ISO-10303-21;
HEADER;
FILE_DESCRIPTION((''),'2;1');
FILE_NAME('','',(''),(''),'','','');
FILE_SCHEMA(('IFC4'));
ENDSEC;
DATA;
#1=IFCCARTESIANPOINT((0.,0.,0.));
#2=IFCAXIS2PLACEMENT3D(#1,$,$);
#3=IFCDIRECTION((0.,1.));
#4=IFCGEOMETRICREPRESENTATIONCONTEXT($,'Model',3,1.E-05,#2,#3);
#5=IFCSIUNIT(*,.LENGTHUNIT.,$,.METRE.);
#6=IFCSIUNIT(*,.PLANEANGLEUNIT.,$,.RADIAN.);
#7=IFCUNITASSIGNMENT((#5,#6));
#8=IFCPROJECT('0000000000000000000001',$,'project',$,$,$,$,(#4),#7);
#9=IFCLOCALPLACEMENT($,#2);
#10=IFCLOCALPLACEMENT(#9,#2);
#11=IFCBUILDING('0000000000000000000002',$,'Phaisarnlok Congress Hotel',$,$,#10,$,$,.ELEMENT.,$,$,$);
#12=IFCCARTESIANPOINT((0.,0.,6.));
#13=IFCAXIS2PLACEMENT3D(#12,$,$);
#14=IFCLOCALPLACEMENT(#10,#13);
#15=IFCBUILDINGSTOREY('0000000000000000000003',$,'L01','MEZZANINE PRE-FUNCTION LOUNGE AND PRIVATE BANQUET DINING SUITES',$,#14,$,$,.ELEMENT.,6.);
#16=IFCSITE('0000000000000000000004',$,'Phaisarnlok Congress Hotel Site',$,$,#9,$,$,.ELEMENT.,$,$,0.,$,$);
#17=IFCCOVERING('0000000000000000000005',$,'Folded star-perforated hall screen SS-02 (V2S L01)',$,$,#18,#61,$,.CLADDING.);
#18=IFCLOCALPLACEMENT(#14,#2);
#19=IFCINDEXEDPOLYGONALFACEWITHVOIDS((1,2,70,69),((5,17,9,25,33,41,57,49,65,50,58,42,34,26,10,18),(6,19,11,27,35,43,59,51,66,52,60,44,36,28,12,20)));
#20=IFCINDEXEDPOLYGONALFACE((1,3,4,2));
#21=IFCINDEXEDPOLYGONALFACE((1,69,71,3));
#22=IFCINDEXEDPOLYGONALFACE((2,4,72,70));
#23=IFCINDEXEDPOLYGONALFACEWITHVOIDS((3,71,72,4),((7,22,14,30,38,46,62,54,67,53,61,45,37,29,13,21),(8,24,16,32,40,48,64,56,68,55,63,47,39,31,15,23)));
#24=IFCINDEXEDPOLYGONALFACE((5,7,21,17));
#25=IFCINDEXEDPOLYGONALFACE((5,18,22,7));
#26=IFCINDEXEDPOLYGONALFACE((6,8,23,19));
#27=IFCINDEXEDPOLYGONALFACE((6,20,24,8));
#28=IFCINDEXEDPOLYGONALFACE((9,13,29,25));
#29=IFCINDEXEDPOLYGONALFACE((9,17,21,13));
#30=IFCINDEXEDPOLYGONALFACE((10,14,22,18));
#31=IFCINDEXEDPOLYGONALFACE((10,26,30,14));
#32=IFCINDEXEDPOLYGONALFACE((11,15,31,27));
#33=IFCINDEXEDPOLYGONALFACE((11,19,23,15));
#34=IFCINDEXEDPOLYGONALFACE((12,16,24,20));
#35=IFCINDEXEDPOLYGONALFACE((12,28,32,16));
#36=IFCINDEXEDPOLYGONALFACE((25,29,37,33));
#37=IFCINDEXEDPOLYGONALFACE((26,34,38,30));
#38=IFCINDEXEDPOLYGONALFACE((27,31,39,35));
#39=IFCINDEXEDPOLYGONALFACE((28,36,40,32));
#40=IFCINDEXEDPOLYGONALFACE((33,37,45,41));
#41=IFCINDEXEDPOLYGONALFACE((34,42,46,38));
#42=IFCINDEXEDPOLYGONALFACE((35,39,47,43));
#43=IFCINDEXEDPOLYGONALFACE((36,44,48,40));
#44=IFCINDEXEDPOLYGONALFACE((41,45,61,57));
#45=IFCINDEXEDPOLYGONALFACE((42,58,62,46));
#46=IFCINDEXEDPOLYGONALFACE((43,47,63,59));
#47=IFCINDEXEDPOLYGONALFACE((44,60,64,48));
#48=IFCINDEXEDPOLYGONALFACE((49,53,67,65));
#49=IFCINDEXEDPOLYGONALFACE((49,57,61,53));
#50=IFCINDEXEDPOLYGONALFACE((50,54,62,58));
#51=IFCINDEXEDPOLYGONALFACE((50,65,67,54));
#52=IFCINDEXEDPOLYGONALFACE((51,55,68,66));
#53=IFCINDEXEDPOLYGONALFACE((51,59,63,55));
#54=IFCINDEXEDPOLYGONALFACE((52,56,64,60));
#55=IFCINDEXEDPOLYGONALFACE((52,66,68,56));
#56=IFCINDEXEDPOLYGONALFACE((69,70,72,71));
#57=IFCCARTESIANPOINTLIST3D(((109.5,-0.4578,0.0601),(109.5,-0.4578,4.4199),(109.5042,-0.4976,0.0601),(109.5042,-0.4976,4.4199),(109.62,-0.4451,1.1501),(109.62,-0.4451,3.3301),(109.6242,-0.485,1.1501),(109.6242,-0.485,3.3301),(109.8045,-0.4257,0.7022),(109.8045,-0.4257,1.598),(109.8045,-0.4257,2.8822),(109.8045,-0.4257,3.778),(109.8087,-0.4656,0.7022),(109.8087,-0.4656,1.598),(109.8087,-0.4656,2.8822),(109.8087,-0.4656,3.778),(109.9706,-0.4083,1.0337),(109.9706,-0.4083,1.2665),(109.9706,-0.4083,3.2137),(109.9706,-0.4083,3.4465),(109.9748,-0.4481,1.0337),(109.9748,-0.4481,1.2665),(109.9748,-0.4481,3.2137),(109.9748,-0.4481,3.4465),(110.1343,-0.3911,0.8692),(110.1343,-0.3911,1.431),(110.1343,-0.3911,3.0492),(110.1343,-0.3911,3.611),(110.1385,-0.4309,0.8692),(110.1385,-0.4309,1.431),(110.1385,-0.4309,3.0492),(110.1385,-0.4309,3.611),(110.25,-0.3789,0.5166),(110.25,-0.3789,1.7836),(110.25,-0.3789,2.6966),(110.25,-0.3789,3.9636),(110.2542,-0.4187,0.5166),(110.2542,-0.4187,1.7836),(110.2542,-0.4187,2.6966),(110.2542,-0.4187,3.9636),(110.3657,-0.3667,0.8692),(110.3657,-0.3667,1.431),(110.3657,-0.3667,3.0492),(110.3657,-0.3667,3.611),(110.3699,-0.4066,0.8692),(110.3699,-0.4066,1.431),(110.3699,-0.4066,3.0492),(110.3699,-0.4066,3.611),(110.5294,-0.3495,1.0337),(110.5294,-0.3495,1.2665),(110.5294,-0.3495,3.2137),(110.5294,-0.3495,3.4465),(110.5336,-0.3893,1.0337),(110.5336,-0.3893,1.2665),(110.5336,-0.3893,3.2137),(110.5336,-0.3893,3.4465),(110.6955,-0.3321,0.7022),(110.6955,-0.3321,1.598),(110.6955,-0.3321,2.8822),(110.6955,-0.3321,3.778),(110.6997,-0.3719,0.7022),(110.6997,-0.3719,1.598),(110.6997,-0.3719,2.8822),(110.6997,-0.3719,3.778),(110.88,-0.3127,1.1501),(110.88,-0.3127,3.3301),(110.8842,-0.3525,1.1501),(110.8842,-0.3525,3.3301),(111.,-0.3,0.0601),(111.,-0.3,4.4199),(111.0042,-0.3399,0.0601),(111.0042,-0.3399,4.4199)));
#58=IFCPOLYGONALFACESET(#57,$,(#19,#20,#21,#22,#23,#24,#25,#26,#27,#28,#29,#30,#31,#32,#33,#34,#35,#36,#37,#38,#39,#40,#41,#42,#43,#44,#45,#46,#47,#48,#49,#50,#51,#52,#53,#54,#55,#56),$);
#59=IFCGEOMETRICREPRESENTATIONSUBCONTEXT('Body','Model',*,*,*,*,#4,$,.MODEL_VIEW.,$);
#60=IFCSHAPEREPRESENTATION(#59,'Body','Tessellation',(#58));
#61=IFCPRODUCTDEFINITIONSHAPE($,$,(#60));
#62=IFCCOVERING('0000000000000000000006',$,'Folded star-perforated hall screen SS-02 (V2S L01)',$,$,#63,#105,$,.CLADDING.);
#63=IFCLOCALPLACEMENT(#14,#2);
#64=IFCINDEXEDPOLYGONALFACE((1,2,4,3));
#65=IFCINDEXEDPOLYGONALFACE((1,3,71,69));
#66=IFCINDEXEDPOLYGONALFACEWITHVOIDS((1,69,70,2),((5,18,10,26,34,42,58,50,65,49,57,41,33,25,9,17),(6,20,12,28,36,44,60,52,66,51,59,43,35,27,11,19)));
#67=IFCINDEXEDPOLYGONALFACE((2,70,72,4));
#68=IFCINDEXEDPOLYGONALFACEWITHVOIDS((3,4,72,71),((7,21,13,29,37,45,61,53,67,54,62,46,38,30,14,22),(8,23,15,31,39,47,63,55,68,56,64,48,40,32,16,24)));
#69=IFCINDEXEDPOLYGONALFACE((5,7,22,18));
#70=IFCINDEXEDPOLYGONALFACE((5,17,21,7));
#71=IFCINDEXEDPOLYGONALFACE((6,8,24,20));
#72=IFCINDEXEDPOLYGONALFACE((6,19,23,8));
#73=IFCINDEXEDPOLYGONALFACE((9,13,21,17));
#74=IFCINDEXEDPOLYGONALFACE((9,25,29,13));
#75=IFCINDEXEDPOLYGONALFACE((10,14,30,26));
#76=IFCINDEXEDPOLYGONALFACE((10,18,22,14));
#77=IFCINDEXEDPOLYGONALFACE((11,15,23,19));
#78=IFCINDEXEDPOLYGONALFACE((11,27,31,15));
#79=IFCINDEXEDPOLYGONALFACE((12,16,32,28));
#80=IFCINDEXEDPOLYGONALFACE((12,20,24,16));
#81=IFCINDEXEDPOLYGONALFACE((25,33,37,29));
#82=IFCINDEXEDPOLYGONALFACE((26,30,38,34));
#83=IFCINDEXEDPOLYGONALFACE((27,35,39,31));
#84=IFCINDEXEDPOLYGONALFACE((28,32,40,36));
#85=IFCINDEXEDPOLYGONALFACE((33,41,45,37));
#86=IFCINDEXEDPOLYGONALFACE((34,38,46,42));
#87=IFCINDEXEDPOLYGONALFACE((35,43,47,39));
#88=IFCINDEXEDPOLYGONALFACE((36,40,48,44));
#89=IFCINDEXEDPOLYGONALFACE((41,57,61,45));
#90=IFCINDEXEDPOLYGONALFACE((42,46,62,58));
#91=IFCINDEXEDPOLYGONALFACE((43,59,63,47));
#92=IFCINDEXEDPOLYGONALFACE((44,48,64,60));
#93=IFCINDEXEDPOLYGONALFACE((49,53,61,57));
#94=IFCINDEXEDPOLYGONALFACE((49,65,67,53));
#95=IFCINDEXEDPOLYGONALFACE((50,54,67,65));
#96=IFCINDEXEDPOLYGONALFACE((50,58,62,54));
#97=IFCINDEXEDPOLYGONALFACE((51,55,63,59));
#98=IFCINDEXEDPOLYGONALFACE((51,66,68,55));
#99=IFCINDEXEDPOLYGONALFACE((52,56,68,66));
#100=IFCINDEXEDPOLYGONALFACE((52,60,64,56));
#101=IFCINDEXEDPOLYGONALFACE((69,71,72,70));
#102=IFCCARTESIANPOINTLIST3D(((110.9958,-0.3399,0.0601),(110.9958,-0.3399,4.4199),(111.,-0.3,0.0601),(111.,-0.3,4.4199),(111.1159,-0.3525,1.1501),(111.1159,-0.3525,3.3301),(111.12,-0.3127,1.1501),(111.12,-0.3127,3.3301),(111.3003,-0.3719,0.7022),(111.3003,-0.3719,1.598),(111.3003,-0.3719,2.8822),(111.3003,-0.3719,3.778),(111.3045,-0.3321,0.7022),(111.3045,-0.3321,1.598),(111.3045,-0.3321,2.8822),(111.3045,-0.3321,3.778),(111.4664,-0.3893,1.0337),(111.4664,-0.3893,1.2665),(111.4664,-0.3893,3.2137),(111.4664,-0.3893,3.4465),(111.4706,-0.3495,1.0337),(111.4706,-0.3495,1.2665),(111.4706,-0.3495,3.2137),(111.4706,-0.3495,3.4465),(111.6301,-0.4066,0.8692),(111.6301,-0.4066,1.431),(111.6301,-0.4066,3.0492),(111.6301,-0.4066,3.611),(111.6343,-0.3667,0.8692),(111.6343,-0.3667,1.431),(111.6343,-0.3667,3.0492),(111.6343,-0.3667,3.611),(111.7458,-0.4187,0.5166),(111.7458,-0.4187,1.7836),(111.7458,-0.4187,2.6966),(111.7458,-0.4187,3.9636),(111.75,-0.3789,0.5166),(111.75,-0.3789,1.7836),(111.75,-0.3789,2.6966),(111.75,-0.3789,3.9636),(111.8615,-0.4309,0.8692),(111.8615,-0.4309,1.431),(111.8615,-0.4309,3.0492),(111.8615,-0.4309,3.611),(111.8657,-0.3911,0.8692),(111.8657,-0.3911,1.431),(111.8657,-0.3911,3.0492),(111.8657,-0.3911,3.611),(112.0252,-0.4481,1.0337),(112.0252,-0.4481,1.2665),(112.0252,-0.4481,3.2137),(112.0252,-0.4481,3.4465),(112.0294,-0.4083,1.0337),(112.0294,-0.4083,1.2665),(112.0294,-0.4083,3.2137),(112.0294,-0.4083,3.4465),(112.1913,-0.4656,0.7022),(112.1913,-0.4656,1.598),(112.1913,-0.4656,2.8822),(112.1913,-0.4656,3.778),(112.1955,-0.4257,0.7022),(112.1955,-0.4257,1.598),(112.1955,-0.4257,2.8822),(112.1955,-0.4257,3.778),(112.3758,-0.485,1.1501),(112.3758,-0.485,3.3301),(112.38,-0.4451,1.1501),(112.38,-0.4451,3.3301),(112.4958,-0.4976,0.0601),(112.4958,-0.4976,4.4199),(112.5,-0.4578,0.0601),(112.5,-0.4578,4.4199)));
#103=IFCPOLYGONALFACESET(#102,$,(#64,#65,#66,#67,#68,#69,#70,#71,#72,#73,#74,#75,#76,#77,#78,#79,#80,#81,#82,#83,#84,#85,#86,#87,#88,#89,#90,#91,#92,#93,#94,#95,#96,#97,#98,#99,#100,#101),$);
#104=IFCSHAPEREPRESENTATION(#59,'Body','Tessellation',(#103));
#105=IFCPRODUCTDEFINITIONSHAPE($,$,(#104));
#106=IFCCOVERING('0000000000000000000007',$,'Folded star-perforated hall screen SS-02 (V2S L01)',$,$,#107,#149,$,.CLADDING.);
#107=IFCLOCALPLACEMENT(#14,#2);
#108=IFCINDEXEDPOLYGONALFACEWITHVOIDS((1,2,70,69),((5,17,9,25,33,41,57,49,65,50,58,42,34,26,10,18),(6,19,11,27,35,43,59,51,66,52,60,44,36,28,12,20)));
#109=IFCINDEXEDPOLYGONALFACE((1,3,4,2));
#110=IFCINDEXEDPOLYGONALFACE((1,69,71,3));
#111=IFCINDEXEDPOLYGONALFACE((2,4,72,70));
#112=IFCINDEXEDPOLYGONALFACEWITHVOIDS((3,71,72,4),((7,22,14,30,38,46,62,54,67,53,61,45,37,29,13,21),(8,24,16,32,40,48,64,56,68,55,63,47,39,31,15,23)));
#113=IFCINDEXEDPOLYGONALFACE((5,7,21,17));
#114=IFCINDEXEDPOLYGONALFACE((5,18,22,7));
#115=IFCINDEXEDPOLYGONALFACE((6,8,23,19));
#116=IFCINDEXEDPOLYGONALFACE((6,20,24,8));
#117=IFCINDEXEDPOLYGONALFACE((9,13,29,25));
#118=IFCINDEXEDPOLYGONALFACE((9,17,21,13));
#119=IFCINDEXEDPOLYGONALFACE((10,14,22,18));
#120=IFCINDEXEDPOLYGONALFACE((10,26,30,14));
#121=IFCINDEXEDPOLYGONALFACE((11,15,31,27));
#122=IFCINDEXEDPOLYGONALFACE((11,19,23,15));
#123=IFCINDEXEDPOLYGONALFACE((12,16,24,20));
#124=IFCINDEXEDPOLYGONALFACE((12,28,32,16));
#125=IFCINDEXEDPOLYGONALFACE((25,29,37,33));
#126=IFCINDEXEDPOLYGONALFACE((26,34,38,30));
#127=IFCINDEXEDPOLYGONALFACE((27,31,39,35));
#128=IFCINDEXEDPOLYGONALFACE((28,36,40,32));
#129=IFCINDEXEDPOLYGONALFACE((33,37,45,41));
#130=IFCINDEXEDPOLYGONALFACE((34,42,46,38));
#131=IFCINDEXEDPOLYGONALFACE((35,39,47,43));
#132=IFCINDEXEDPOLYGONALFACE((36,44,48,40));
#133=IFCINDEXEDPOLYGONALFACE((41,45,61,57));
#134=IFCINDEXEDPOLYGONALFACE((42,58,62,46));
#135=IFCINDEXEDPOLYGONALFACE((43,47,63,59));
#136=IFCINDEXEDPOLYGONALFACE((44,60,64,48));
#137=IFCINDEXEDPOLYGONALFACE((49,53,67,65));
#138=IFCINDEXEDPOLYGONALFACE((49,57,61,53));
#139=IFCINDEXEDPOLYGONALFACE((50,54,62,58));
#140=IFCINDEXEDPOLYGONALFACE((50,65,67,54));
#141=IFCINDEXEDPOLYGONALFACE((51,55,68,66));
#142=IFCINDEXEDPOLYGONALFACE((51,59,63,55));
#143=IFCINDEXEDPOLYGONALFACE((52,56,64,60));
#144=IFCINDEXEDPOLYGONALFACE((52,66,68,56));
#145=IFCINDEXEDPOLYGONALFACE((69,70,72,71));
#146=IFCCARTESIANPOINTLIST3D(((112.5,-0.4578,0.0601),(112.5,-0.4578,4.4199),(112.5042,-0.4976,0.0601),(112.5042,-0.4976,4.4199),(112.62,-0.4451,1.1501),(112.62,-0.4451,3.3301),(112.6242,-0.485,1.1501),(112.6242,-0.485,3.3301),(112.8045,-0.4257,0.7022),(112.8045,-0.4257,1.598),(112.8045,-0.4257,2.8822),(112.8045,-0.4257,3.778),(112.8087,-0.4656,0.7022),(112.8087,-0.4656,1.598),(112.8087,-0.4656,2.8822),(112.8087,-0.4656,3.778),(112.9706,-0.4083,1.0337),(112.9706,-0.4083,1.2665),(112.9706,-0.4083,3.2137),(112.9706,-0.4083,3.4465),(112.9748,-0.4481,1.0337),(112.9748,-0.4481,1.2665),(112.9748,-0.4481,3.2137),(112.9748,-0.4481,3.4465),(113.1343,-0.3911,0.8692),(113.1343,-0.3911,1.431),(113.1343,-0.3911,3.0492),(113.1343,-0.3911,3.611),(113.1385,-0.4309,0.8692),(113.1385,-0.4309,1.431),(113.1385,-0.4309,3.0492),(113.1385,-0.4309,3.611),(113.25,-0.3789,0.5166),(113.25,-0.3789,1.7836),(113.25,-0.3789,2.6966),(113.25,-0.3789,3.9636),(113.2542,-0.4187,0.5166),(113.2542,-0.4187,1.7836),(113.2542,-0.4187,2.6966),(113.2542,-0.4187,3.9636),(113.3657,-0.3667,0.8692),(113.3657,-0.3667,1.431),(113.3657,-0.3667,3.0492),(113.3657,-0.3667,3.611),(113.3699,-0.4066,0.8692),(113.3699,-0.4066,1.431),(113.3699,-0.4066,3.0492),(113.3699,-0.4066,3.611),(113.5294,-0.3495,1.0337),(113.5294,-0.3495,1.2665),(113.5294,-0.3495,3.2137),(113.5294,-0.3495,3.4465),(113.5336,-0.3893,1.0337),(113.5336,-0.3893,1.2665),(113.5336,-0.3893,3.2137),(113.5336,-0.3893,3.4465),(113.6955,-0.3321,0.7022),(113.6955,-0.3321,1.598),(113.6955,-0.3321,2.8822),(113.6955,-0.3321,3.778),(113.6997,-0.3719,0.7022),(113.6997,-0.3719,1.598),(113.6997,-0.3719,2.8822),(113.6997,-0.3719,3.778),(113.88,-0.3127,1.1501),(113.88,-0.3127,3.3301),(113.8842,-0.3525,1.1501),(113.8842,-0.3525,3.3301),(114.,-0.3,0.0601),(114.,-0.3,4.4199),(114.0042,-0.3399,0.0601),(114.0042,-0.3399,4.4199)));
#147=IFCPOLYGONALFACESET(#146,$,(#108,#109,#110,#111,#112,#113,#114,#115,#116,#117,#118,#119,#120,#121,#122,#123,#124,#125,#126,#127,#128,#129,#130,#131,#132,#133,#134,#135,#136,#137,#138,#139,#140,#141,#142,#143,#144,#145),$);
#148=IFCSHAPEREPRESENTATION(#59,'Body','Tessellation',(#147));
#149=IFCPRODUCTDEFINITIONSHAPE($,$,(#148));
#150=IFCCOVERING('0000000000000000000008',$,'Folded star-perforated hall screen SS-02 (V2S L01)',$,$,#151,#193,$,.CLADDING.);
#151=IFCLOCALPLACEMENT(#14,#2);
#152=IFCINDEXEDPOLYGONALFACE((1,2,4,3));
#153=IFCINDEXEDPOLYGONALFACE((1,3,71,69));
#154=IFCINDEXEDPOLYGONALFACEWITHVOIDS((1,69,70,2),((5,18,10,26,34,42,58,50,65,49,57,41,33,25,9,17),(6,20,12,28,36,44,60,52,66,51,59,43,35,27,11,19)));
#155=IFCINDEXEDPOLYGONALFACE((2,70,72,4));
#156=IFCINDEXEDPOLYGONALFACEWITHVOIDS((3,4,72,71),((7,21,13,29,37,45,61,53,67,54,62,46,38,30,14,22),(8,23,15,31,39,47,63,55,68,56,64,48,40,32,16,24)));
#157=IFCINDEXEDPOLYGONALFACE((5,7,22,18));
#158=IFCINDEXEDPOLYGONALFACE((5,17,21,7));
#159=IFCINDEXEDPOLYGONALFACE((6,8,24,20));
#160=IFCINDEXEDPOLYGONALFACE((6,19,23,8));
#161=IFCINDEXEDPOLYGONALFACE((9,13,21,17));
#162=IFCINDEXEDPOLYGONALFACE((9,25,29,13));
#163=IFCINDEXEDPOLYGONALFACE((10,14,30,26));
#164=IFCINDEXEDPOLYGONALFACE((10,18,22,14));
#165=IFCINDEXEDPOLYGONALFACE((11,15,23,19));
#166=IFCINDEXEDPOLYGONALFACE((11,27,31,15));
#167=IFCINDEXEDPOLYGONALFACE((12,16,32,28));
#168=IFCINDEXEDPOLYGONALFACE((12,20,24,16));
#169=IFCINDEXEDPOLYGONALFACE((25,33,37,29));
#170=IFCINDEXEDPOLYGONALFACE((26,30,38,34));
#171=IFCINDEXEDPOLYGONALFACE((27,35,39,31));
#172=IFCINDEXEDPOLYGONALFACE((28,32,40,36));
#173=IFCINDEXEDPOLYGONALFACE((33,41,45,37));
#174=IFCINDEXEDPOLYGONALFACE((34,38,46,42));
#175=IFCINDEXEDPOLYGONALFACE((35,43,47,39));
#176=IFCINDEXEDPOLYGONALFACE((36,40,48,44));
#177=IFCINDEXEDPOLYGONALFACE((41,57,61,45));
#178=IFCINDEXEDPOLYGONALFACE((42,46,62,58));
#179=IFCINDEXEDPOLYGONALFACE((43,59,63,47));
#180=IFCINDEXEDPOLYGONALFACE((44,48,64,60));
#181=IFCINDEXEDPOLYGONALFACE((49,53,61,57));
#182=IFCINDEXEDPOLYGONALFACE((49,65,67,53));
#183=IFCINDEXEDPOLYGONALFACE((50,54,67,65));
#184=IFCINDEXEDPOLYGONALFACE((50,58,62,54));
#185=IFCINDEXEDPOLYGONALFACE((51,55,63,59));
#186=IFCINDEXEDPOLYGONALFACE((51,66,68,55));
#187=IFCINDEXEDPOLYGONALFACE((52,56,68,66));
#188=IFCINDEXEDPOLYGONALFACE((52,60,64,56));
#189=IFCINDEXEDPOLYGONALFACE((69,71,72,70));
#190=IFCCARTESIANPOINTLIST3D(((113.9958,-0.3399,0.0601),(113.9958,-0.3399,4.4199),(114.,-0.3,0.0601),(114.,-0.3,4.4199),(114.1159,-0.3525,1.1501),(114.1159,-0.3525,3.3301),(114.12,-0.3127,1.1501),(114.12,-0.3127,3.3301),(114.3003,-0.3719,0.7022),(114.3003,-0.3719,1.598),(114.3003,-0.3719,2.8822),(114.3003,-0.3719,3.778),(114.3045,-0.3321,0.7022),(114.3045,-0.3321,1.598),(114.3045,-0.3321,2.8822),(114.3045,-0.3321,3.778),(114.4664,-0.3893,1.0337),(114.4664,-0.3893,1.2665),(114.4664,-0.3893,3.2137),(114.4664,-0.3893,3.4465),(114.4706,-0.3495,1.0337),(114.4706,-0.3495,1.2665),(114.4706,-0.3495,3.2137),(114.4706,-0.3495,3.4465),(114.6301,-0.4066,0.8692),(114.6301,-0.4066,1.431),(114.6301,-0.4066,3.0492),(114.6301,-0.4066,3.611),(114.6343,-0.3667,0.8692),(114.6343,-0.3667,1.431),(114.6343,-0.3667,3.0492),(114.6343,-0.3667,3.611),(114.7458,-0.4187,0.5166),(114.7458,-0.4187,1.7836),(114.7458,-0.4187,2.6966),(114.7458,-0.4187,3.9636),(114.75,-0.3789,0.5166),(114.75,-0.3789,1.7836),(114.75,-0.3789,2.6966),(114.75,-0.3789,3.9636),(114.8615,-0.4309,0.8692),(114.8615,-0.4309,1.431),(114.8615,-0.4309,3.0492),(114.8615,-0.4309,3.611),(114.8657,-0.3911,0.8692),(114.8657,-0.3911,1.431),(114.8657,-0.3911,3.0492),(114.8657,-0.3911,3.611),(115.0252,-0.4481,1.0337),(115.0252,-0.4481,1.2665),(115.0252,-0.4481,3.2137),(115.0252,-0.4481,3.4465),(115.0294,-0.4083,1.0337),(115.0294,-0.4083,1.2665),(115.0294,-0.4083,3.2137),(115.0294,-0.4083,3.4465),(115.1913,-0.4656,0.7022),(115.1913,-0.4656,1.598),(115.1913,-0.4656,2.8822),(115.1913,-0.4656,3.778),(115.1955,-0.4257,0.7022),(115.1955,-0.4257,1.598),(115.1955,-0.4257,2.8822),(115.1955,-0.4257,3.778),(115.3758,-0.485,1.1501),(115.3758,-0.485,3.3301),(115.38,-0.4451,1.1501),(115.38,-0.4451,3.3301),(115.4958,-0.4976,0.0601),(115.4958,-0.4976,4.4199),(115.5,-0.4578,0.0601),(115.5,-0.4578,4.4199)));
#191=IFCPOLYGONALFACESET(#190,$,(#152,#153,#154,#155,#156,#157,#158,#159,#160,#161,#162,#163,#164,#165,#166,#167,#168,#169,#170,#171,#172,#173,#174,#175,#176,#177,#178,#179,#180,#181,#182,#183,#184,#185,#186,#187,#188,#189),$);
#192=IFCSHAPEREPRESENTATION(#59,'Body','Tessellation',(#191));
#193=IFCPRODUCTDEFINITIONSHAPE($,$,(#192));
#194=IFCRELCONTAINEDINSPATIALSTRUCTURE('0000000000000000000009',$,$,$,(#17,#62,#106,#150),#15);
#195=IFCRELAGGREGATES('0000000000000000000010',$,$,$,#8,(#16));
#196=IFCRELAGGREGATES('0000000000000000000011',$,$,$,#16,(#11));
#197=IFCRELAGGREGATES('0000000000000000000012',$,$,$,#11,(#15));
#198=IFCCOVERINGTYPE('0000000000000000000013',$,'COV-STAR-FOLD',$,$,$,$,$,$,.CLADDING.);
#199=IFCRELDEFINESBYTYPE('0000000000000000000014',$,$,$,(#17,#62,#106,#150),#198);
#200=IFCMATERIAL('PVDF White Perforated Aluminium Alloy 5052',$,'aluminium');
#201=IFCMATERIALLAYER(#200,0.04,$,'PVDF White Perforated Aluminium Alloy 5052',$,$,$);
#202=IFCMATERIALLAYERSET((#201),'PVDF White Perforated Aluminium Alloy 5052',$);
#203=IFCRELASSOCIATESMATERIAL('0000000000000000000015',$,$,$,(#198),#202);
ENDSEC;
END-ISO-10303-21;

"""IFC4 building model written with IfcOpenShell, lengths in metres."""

from ifc_helpers import new_model, si_unit, direction, frame, origin, place, context, subcontext, project, spatial, polyline, outline, extrude, material, layer, layer_set, type_object, element, save


model = new_model("IFC4")

# Units and contexts
model_context = context("Model", 3, precision=1e-05, world=origin(), true_north=direction((0.0, 1.0)))
body_context = subcontext(model_context, "Body", "Model", "MODEL_VIEW")
ifc_project = project(units=[si_unit("LENGTHUNIT", "METRE"), si_unit("PLANEANGLEUNIT", "RADIAN")], contexts=[model_context])

# Site, building, storey
site_placement = place(None, origin())
site = spatial("IfcSite", under=ifc_project, at=site_placement, Name="Phaisarnlok Congress Hotel Site", CompositionType="ELEMENT", RefElevation=0.0)
building_placement = place(site_placement, origin())
building = spatial("IfcBuilding", under=site, at=building_placement, Name="Phaisarnlok Congress Hotel", CompositionType="ELEMENT")
storey_placement = place(building_placement, frame((0.0, 0.0, 6.0)))
storey = spatial("IfcBuildingStorey", under=building, at=storey_placement, Name="L01", Description="MEZZANINE PRE-FUNCTION LOUNGE AND PRIVATE BANQUET DINING SUITES", CompositionType="ELEMENT", Elevation=6.0)

# Coverings
ifc_material_1 = material(Name="PVDF White Perforated Aluminium Alloy 5052", Category="aluminium")
ifc_layer_1 = layer(ifc_material_1, 0.04, Name="PVDF White Perforated Aluminium Alloy 5052")
ifc_layer_set_1 = layer_set([ifc_layer_1], Name="PVDF White Perforated Aluminium Alloy 5052")
covering_type = type_object("IfcCoveringType", Name="COV-STAR-FOLD", PredefinedType="CLADDING", material=ifc_layer_set_1)
for number, where, z_axis, x_axis, name in (
    (1, (109.5, -0.4578, 0.0601), (0.104567, -0.994518, 0.0), (0.994518, 0.104567, 0.0), "Folded star-perforated hall screen SS-02 (V2S L01)"),
    (2, (111.0, -0.3, 0.0601), (-0.104567, -0.994518, 0.0), (0.994518, -0.104567, 0.0), "Folded star-perforated hall screen SS-02 (V2S L01)"),
    (3, (112.5, -0.4578, 0.0601), (0.104567, -0.994518, 0.0), (0.994518, 0.104567, 0.0), "Folded star-perforated hall screen SS-02 (V2S L01)"),
    (4, (114.0, -0.3, 0.0601), (-0.104567, -0.994518, 0.0), (0.994518, -0.104567, 0.0), "Folded star-perforated hall screen SS-02 (V2S L01)"),
):
    element("IfcCovering", number, at=place(storey_placement, frame(where, z_axis=z_axis, x_axis=x_axis)), inside=storey, type_object=covering_type, Name=name, PredefinedType="CLADDING", context=body_context, shape_type="SweptSolid", body=[
        extrude(outline(polyline([(0.0, 0.0), (1.5083, 0.0), (1.5083, 4.3599), (0.0, 4.3599), (0.0, 0.0)]), holes=[polyline([(1.0351, 0.9736), (1.2021, 0.6421), (0.8705, 0.8091), (0.7541, 0.4565), (0.6378, 0.8091), (0.3062, 0.6421), (0.4732, 0.9736), (0.1207, 1.09), (0.4732, 1.2064), (0.3062, 1.5379), (0.6378, 1.3709), (0.7541, 1.7235), (0.8705, 1.3709), (1.2021, 1.5379), (1.0351, 1.2064), (1.3876, 1.09), (1.0351, 0.9736)]), polyline([(1.0351, 3.1536), (1.2021, 2.8221), (0.8705, 2.9891), (0.7541, 2.6365), (0.6378, 2.9891), (0.3062, 2.8221), (0.4732, 3.1536), (0.1207, 3.27), (0.4732, 3.3864), (0.3062, 3.7179), (0.6378, 3.5509), (0.7541, 3.9035), (0.8705, 3.5509), (1.2021, 3.7179), (1.0351, 3.3864), (1.3876, 3.27), (1.0351, 3.1536)])]), origin(), (0.0, 0.0, 1.0), 0.04),
    ])

save(model, "model.ifc")
